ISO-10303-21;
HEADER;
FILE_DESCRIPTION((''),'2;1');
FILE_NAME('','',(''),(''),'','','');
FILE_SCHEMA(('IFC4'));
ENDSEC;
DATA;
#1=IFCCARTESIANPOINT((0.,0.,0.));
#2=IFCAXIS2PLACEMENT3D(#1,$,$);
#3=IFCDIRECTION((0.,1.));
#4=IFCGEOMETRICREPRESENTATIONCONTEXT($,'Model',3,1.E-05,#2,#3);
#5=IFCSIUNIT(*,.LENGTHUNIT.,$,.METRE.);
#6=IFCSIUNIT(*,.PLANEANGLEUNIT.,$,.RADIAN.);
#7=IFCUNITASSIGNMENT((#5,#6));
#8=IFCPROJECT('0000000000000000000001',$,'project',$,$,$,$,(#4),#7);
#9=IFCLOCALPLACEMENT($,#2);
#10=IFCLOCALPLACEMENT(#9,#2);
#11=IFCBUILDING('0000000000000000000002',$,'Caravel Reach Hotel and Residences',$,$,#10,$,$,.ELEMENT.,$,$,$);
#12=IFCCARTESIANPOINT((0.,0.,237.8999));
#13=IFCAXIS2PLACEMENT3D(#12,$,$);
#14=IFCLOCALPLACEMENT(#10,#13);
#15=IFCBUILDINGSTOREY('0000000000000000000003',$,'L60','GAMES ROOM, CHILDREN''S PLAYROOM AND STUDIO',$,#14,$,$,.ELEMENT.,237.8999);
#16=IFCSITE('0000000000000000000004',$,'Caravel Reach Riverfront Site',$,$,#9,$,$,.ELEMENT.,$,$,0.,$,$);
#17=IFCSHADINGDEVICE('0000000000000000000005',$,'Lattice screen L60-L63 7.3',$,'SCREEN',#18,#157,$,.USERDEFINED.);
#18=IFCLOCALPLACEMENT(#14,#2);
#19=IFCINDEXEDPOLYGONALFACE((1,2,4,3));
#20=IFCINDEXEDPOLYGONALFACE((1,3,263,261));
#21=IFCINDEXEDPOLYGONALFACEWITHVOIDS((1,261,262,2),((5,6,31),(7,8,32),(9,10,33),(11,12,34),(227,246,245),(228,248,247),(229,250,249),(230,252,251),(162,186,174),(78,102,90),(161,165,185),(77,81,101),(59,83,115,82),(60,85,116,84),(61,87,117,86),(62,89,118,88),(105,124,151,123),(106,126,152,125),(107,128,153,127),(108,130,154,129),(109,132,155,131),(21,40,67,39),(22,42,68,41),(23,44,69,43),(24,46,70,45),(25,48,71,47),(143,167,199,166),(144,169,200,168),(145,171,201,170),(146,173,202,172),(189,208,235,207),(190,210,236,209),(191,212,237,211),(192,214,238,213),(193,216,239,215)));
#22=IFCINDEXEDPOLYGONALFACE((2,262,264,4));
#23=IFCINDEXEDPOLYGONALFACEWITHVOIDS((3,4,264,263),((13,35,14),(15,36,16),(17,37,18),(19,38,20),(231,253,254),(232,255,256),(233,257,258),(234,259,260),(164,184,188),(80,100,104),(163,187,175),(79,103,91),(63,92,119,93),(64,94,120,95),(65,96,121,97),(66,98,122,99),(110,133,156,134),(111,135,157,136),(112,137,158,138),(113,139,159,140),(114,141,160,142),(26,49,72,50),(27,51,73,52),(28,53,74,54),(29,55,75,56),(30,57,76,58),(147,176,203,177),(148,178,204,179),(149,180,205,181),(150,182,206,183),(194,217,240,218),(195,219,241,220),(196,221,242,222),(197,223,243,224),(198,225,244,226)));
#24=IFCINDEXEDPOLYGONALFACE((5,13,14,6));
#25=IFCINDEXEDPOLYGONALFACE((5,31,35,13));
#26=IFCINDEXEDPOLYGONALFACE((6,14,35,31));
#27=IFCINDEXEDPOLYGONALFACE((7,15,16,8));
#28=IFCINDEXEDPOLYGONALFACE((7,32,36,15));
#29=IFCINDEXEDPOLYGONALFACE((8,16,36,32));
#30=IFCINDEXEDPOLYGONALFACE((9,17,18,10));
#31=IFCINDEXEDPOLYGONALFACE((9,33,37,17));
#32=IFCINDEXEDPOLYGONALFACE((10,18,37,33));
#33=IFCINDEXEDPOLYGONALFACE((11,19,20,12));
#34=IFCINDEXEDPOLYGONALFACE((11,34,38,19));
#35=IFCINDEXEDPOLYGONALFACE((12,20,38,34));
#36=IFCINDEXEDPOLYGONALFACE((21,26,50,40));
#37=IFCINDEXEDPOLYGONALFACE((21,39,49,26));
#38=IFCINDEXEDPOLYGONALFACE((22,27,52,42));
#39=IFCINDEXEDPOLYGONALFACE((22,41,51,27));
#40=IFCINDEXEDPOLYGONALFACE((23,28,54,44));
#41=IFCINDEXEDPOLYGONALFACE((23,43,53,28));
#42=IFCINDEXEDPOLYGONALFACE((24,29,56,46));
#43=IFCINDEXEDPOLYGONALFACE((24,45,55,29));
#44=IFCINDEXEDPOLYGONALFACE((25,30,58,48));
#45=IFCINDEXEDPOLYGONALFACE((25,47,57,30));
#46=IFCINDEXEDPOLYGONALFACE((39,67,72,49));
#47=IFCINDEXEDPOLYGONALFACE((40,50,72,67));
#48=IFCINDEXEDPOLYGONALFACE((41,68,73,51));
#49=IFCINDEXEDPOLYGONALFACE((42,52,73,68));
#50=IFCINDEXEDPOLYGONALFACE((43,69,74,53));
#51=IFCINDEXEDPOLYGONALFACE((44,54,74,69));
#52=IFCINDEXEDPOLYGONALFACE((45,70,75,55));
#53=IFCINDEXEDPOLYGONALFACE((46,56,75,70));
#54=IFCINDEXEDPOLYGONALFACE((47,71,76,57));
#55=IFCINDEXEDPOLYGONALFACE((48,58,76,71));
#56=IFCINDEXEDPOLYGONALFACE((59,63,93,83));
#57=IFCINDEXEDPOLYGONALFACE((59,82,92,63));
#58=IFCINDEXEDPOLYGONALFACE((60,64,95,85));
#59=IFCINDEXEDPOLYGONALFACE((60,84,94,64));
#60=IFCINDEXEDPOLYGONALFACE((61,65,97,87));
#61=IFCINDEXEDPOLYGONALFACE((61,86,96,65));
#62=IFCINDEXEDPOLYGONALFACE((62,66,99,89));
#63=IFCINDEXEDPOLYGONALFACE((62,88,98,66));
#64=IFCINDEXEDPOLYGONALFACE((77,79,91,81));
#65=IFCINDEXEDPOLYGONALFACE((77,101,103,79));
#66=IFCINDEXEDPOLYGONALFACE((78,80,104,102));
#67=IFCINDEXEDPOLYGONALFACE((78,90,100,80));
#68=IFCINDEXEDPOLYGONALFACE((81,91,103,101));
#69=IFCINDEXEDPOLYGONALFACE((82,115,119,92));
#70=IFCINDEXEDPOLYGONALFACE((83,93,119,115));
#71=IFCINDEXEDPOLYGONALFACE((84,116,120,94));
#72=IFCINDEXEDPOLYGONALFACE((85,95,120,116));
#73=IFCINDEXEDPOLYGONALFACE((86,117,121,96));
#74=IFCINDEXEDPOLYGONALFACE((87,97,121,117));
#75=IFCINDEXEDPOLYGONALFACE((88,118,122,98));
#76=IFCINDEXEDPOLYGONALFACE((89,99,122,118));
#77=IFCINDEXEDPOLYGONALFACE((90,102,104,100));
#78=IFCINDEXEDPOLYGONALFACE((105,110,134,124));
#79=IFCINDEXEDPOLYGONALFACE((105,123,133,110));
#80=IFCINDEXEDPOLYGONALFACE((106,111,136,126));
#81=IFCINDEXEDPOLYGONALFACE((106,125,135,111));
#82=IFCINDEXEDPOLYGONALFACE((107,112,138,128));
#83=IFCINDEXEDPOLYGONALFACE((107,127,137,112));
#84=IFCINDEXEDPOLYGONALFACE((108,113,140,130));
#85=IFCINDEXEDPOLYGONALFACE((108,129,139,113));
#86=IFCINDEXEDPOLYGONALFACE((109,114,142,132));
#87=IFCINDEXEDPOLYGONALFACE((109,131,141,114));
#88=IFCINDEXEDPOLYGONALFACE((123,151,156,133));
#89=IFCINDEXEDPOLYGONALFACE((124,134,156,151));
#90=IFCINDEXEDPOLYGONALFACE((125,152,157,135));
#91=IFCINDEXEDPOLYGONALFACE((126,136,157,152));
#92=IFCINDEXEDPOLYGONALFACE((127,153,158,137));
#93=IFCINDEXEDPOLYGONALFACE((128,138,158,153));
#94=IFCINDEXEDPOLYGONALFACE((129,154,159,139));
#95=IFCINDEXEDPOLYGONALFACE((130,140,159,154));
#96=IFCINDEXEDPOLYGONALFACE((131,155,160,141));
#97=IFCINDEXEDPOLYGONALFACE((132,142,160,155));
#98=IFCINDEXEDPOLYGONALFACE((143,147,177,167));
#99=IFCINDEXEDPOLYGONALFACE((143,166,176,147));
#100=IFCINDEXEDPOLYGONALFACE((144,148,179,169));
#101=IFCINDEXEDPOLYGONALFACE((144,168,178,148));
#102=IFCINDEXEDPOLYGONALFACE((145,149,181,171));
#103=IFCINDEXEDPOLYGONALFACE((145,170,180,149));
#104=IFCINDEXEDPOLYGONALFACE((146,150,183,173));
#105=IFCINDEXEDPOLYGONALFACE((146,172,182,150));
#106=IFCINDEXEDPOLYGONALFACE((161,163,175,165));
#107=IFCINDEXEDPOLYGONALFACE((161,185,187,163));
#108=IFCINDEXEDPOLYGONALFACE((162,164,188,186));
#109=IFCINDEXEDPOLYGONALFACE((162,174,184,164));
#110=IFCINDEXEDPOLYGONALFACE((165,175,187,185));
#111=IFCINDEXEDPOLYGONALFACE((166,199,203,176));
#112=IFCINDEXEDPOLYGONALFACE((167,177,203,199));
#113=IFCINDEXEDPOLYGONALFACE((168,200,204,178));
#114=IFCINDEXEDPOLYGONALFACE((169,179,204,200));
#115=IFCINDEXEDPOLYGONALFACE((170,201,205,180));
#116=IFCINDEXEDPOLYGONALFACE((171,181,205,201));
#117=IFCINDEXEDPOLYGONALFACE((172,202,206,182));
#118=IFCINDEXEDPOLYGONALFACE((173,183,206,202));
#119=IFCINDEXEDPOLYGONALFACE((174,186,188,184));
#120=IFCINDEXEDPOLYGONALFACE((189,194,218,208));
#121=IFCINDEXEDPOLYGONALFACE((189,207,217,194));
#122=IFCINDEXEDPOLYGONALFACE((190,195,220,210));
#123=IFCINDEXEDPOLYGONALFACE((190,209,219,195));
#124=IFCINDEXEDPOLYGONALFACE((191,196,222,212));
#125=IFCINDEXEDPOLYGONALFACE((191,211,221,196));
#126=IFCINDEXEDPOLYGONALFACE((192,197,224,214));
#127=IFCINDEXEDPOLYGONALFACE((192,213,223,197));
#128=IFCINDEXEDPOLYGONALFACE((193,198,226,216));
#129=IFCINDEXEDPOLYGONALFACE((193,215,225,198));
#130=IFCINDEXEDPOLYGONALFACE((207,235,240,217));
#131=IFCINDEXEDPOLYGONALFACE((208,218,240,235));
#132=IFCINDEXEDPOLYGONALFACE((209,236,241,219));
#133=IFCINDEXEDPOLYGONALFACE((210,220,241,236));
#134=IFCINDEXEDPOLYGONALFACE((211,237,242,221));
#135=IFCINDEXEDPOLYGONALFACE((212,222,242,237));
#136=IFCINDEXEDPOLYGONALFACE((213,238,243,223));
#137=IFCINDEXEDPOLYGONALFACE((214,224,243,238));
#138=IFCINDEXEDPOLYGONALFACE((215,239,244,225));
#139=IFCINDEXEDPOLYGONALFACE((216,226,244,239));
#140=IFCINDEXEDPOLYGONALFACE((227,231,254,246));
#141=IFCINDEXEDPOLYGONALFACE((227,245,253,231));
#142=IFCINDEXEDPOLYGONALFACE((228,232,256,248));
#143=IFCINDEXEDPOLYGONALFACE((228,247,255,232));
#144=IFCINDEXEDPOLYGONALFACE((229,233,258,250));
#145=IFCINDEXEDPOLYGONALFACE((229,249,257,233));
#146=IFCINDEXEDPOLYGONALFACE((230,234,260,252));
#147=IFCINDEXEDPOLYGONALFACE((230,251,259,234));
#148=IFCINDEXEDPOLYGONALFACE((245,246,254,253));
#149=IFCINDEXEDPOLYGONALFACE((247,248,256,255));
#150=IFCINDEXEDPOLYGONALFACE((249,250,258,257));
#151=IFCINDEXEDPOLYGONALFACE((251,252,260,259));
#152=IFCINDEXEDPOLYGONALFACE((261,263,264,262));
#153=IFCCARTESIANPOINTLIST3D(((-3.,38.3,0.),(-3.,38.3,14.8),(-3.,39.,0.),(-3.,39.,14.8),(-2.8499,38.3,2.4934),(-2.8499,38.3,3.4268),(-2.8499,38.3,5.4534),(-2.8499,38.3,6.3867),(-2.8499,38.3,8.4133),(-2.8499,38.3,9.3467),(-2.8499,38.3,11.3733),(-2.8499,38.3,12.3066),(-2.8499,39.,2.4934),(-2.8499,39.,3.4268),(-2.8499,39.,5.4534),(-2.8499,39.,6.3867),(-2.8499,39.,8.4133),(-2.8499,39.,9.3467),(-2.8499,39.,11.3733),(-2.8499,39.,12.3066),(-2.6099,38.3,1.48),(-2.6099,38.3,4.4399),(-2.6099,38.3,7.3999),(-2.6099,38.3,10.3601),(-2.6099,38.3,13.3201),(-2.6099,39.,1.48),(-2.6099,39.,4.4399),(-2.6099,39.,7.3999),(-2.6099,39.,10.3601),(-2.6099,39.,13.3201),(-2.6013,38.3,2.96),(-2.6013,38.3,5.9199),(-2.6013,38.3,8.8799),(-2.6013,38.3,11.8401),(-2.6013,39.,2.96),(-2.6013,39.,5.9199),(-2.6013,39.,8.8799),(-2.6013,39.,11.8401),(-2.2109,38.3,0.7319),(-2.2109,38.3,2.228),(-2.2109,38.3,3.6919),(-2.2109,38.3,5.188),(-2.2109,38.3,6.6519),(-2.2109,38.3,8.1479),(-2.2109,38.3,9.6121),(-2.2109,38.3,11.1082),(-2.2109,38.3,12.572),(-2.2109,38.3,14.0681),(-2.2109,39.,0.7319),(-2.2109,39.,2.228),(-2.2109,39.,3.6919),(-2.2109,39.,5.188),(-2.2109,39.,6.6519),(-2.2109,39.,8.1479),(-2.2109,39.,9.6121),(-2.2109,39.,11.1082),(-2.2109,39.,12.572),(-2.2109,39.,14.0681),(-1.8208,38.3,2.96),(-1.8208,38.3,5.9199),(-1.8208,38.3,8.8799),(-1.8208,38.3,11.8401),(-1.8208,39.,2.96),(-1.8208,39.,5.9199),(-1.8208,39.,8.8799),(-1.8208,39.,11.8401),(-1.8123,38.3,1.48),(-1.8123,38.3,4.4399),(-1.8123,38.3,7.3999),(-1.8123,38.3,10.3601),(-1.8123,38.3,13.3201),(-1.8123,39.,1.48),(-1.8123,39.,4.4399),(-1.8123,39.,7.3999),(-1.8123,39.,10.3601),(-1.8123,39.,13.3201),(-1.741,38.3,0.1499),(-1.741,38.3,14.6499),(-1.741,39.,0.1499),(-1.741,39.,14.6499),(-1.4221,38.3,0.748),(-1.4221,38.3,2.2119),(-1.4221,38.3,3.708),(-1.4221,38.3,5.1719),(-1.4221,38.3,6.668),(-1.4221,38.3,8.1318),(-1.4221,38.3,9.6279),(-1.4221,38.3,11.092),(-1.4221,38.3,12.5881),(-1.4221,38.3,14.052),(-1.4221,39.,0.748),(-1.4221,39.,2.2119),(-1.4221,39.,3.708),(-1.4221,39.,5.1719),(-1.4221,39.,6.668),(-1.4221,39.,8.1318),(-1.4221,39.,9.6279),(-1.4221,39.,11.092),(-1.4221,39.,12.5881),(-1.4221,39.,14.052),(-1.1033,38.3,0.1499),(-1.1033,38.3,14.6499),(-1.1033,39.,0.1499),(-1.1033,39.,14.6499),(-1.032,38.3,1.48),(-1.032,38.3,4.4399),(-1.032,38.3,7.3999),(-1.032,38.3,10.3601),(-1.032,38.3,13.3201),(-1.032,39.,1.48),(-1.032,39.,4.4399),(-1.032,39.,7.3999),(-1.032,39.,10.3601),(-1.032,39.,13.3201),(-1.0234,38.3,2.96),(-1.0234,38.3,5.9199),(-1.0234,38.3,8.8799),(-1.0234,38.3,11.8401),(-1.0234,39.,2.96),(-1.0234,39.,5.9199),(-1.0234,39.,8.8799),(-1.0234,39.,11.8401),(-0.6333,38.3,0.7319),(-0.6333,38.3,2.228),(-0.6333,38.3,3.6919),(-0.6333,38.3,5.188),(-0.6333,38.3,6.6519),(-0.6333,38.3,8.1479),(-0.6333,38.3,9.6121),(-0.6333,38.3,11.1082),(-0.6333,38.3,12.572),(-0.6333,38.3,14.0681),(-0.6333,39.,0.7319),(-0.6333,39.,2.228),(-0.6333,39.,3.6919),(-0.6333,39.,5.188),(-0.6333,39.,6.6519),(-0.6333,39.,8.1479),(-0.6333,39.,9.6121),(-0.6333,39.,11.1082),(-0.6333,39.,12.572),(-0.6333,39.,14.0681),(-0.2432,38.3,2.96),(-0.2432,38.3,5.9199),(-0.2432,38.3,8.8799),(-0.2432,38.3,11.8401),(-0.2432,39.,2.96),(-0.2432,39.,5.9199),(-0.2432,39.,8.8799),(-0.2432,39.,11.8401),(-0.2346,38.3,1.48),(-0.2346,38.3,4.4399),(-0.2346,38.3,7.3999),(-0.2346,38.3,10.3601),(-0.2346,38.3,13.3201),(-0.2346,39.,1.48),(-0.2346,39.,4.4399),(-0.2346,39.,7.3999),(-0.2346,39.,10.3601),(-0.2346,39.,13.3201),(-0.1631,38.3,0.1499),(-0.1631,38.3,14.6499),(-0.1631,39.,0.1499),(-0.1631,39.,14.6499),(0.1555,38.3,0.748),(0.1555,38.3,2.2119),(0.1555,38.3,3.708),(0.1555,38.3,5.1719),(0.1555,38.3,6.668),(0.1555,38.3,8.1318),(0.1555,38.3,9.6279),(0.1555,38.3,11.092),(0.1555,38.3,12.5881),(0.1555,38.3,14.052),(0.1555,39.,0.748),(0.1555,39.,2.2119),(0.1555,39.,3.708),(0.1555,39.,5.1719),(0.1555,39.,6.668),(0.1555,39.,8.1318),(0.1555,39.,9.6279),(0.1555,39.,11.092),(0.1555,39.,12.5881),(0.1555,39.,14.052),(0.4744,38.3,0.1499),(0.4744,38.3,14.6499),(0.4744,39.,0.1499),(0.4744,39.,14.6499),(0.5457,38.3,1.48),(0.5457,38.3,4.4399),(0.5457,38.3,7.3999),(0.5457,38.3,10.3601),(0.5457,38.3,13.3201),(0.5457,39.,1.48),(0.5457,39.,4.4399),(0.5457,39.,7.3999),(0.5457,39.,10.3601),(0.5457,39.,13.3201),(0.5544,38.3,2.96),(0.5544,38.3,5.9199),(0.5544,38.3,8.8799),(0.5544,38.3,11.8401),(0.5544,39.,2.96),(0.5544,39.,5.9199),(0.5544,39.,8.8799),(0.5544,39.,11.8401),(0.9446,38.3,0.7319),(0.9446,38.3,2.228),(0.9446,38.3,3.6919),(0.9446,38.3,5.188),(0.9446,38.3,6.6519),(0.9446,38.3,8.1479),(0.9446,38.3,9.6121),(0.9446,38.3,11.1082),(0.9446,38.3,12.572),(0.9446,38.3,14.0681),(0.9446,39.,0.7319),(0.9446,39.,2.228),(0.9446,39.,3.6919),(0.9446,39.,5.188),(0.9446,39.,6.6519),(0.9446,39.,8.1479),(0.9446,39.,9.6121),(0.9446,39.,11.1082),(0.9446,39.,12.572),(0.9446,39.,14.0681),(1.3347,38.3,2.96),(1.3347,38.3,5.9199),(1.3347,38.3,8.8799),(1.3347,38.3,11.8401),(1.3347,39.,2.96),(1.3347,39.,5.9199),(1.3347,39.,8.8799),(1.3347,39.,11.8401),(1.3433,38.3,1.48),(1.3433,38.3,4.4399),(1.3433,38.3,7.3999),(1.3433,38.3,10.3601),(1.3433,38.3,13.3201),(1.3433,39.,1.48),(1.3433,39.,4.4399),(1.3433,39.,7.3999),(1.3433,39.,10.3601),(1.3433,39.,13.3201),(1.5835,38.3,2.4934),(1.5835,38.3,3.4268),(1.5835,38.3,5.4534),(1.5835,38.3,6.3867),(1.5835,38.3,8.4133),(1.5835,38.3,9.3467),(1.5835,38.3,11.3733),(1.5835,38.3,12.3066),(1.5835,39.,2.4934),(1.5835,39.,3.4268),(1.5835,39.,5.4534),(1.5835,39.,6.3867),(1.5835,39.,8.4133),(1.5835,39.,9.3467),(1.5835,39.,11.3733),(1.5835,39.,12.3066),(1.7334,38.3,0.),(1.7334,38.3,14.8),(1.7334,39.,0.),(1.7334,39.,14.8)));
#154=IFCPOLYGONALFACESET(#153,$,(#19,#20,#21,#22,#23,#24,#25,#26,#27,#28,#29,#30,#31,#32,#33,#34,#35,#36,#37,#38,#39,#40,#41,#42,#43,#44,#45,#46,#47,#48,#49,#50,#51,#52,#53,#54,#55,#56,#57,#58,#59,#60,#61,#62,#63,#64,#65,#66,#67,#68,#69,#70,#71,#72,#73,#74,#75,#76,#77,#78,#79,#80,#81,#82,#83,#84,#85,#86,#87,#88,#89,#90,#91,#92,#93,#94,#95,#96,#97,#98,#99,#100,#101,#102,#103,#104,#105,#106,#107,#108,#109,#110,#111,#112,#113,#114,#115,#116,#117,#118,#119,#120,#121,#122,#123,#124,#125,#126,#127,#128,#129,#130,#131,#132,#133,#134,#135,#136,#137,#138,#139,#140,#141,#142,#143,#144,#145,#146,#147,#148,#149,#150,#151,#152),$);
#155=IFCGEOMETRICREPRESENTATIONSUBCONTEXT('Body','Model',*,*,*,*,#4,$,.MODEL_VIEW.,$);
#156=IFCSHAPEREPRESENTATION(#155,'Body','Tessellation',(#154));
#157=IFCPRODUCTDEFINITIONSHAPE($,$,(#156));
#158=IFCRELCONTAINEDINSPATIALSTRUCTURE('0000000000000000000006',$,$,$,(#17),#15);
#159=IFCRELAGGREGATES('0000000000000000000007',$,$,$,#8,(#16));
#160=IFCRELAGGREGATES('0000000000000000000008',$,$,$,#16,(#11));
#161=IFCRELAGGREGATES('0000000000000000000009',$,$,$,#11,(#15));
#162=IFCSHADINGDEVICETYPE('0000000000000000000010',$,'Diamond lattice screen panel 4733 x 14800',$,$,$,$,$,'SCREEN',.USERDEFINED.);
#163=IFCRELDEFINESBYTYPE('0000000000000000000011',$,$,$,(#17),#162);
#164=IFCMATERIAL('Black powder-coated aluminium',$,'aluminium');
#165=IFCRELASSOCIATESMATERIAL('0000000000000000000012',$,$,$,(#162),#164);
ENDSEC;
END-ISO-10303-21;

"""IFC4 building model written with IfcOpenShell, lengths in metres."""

from ifc_helpers import new_model, si_unit, direction, frame, origin, place, context, subcontext, project, spatial, polyline, outline, extrude, material, type_object, element, save


model = new_model("IFC4")

# Units and contexts
model_context = context("Model", 3, precision=1e-05, world=origin(), true_north=direction((0.0, 1.0)))
body_context = subcontext(model_context, "Body", "Model", "MODEL_VIEW")
ifc_project = project(units=[si_unit("LENGTHUNIT", "METRE"), si_unit("PLANEANGLEUNIT", "RADIAN")], contexts=[model_context])

# Site, building, storey
site_placement = place(None, origin())
site = spatial("IfcSite", under=ifc_project, at=site_placement, Name="Caravel Reach Riverfront Site", CompositionType="ELEMENT", RefElevation=0.0)
building_placement = place(site_placement, origin())
building = spatial("IfcBuilding", under=site, at=building_placement, Name="Caravel Reach Hotel and Residences", CompositionType="ELEMENT")
storey_placement = place(building_placement, frame((0.0, 0.0, 237.8999)))
storey = spatial("IfcBuildingStorey", under=building, at=storey_placement, Name="L60", Description="GAMES ROOM, CHILDREN'S PLAYROOM AND STUDIO", CompositionType="ELEMENT", Elevation=237.8999)

# Shading device
ifc_material_1 = material(Name="Black powder-coated aluminium", Category="aluminium")
shading_device_type_1 = type_object("IfcShadingDeviceType", Name="Diamond lattice screen panel 4733 x 14800", ElementType="SCREEN", PredefinedType="USERDEFINED", material=ifc_material_1)
shading_device_1_placement = place(storey_placement, frame((1.7334, 38.3, 0.0), z_axis=(0.0, 1.0, 0.0), x_axis=(-1.0, 0.0, 0.0)))
element("IfcShadingDevice", 1, at=shading_device_1_placement, inside=storey, type_object=shading_device_type_1, Name="Lattice screen L60-L63 7.3", ObjectType="SCREEN", PredefinedType="USERDEFINED", context=body_context, shape_type="SweptSolid", body=[
    extrude(outline(polyline([(0.0, 0.0), (4.7334, 0.0), (4.7334, 14.8), (0.0, 14.8), (0.0, 0.0)]), holes=[polyline([(0.3987, 2.96), (0.1499, 3.4268), (0.1499, 2.4934), (0.3987, 2.96)]), polyline([(0.3987, 5.9199), (0.1499, 6.3867), (0.1499, 5.4534), (0.3987, 5.9199)]), polyline([(0.3987, 8.8799), (0.1499, 9.3467), (0.1499, 8.4133), (0.3987, 8.8799)]), polyline([(0.3987, 11.8401), (0.1499, 12.3066), (0.1499, 11.3733), (0.3987, 11.8401)]), polyline([(0.7888, 2.228), (0.3901, 1.48), (0.7888, 0.7319), (1.1877, 1.48), (0.7888, 2.228)]), polyline([(0.7888, 5.188), (0.3901, 4.4399), (0.7888, 3.6919), (1.1877, 4.4399), (0.7888, 5.188)]), polyline([(0.7888, 8.1479), (0.3901, 7.3999), (0.7888, 6.6519), (1.1877, 7.3999), (0.7888, 8.1479)]), polyline([(0.7888, 11.1082), (0.3901, 10.3601), (0.7888, 9.6121), (1.1877, 10.3601), (0.7888, 11.1082)]), polyline([(0.7888, 14.0681), (0.3901, 13.3201), (0.7888, 12.572), (1.1877, 13.3201), (0.7888, 14.0681)]), polyline([(1.5779, 0.748), (1.259, 0.1499), (1.8965, 0.1499), (1.5779, 0.748)]), polyline([(1.5779, 3.708), (1.179, 2.96), (1.5779, 2.2119), (1.9766, 2.96), (1.5779, 3.708)]), polyline([(1.5779, 6.668), (1.179, 5.9199), (1.5779, 5.1719), (1.9766, 5.9199), (1.5779, 6.668)]), polyline([(1.5779, 9.6279), (1.179, 8.8799), (1.5779, 8.1318), (1.9766, 8.8799), (1.5779, 9.6279)]), polyline([(1.5779, 12.5881), (1.179, 11.8401), (1.5779, 11.092), (1.9766, 11.8401), (1.5779, 12.5881)]), polyline([(1.5779, 14.052), (1.8965, 14.6499), (1.259, 14.6499), (1.5779, 14.052)]), polyline([(2.3667, 2.228), (1.968, 1.48), (2.3667, 0.7319), (2.7654, 1.48), (2.3667, 2.228)]), polyline([(2.3667, 5.188), (1.968, 4.4399), (2.3667, 3.6919), (2.7654, 4.4399), (2.3667, 5.188)]), polyline([(2.3667, 8.1479), (1.968, 7.3999), (2.3667, 6.6519), (2.7654, 7.3999), (2.3667, 8.1479)]), polyline([(2.3667, 11.1082), (1.968, 10.3601), (2.3667, 9.6121), (2.7654, 10.3601), (2.3667, 11.1082)]), polyline([(2.3667, 14.0681), (1.968, 13.3201), (2.3667, 12.572), (2.7654, 13.3201), (2.3667, 14.0681)]), polyline([(3.1555, 0.748), (2.8367, 0.1499), (3.4744, 0.1499), (3.1555, 0.748)]), polyline([(3.1555, 3.708), (2.7568, 2.96), (3.1555, 2.2119), (3.5542, 2.96), (3.1555, 3.708)]), polyline([(3.1555, 6.668), (2.7568, 5.9199), (3.1555, 5.1719), (3.5542, 5.9199), (3.1555, 6.668)]), polyline([(3.1555, 9.6279), (2.7568, 8.8799), (3.1555, 8.1318), (3.5542, 8.8799), (3.1555, 9.6279)]), polyline([(3.1555, 12.5881), (2.7568, 11.8401), (3.1555, 11.092), (3.5542, 11.8401), (3.1555, 12.5881)]), polyline([(3.1555, 14.052), (3.4744, 14.6499), (2.8367, 14.6499), (3.1555, 14.052)]), polyline([(3.9443, 2.228), (3.5457, 1.48), (3.9443, 0.7319), (4.3433, 1.48), (3.9443, 2.228)]), polyline([(3.9443, 5.188), (3.5457, 4.4399), (3.9443, 3.6919), (4.3433, 4.4399), (3.9443, 5.188)]), polyline([(3.9443, 8.1479), (3.5457, 7.3999), (3.9443, 6.6519), (4.3433, 7.3999), (3.9443, 8.1479)]), polyline([(3.9443, 11.1082), (3.5457, 10.3601), (3.9443, 9.6121), (4.3433, 10.3601), (3.9443, 11.1082)]), polyline([(3.9443, 14.0681), (3.5457, 13.3201), (3.9443, 12.572), (4.3433, 13.3201), (3.9443, 14.0681)]), polyline([(4.3347, 2.96), (4.5833, 2.4934), (4.5833, 3.4268), (4.3347, 2.96)]), polyline([(4.3347, 5.9199), (4.5833, 5.4534), (4.5833, 6.3867), (4.3347, 5.9199)]), polyline([(4.3347, 8.8799), (4.5833, 8.4133), (4.5833, 9.3467), (4.3347, 8.8799)]), polyline([(4.3347, 11.8401), (4.5833, 11.3733), (4.5833, 12.3066), (4.3347, 11.8401)])]), origin(), (0.0, 0.0, 1.0), 0.7),
])

save(model, "model.ifc")
